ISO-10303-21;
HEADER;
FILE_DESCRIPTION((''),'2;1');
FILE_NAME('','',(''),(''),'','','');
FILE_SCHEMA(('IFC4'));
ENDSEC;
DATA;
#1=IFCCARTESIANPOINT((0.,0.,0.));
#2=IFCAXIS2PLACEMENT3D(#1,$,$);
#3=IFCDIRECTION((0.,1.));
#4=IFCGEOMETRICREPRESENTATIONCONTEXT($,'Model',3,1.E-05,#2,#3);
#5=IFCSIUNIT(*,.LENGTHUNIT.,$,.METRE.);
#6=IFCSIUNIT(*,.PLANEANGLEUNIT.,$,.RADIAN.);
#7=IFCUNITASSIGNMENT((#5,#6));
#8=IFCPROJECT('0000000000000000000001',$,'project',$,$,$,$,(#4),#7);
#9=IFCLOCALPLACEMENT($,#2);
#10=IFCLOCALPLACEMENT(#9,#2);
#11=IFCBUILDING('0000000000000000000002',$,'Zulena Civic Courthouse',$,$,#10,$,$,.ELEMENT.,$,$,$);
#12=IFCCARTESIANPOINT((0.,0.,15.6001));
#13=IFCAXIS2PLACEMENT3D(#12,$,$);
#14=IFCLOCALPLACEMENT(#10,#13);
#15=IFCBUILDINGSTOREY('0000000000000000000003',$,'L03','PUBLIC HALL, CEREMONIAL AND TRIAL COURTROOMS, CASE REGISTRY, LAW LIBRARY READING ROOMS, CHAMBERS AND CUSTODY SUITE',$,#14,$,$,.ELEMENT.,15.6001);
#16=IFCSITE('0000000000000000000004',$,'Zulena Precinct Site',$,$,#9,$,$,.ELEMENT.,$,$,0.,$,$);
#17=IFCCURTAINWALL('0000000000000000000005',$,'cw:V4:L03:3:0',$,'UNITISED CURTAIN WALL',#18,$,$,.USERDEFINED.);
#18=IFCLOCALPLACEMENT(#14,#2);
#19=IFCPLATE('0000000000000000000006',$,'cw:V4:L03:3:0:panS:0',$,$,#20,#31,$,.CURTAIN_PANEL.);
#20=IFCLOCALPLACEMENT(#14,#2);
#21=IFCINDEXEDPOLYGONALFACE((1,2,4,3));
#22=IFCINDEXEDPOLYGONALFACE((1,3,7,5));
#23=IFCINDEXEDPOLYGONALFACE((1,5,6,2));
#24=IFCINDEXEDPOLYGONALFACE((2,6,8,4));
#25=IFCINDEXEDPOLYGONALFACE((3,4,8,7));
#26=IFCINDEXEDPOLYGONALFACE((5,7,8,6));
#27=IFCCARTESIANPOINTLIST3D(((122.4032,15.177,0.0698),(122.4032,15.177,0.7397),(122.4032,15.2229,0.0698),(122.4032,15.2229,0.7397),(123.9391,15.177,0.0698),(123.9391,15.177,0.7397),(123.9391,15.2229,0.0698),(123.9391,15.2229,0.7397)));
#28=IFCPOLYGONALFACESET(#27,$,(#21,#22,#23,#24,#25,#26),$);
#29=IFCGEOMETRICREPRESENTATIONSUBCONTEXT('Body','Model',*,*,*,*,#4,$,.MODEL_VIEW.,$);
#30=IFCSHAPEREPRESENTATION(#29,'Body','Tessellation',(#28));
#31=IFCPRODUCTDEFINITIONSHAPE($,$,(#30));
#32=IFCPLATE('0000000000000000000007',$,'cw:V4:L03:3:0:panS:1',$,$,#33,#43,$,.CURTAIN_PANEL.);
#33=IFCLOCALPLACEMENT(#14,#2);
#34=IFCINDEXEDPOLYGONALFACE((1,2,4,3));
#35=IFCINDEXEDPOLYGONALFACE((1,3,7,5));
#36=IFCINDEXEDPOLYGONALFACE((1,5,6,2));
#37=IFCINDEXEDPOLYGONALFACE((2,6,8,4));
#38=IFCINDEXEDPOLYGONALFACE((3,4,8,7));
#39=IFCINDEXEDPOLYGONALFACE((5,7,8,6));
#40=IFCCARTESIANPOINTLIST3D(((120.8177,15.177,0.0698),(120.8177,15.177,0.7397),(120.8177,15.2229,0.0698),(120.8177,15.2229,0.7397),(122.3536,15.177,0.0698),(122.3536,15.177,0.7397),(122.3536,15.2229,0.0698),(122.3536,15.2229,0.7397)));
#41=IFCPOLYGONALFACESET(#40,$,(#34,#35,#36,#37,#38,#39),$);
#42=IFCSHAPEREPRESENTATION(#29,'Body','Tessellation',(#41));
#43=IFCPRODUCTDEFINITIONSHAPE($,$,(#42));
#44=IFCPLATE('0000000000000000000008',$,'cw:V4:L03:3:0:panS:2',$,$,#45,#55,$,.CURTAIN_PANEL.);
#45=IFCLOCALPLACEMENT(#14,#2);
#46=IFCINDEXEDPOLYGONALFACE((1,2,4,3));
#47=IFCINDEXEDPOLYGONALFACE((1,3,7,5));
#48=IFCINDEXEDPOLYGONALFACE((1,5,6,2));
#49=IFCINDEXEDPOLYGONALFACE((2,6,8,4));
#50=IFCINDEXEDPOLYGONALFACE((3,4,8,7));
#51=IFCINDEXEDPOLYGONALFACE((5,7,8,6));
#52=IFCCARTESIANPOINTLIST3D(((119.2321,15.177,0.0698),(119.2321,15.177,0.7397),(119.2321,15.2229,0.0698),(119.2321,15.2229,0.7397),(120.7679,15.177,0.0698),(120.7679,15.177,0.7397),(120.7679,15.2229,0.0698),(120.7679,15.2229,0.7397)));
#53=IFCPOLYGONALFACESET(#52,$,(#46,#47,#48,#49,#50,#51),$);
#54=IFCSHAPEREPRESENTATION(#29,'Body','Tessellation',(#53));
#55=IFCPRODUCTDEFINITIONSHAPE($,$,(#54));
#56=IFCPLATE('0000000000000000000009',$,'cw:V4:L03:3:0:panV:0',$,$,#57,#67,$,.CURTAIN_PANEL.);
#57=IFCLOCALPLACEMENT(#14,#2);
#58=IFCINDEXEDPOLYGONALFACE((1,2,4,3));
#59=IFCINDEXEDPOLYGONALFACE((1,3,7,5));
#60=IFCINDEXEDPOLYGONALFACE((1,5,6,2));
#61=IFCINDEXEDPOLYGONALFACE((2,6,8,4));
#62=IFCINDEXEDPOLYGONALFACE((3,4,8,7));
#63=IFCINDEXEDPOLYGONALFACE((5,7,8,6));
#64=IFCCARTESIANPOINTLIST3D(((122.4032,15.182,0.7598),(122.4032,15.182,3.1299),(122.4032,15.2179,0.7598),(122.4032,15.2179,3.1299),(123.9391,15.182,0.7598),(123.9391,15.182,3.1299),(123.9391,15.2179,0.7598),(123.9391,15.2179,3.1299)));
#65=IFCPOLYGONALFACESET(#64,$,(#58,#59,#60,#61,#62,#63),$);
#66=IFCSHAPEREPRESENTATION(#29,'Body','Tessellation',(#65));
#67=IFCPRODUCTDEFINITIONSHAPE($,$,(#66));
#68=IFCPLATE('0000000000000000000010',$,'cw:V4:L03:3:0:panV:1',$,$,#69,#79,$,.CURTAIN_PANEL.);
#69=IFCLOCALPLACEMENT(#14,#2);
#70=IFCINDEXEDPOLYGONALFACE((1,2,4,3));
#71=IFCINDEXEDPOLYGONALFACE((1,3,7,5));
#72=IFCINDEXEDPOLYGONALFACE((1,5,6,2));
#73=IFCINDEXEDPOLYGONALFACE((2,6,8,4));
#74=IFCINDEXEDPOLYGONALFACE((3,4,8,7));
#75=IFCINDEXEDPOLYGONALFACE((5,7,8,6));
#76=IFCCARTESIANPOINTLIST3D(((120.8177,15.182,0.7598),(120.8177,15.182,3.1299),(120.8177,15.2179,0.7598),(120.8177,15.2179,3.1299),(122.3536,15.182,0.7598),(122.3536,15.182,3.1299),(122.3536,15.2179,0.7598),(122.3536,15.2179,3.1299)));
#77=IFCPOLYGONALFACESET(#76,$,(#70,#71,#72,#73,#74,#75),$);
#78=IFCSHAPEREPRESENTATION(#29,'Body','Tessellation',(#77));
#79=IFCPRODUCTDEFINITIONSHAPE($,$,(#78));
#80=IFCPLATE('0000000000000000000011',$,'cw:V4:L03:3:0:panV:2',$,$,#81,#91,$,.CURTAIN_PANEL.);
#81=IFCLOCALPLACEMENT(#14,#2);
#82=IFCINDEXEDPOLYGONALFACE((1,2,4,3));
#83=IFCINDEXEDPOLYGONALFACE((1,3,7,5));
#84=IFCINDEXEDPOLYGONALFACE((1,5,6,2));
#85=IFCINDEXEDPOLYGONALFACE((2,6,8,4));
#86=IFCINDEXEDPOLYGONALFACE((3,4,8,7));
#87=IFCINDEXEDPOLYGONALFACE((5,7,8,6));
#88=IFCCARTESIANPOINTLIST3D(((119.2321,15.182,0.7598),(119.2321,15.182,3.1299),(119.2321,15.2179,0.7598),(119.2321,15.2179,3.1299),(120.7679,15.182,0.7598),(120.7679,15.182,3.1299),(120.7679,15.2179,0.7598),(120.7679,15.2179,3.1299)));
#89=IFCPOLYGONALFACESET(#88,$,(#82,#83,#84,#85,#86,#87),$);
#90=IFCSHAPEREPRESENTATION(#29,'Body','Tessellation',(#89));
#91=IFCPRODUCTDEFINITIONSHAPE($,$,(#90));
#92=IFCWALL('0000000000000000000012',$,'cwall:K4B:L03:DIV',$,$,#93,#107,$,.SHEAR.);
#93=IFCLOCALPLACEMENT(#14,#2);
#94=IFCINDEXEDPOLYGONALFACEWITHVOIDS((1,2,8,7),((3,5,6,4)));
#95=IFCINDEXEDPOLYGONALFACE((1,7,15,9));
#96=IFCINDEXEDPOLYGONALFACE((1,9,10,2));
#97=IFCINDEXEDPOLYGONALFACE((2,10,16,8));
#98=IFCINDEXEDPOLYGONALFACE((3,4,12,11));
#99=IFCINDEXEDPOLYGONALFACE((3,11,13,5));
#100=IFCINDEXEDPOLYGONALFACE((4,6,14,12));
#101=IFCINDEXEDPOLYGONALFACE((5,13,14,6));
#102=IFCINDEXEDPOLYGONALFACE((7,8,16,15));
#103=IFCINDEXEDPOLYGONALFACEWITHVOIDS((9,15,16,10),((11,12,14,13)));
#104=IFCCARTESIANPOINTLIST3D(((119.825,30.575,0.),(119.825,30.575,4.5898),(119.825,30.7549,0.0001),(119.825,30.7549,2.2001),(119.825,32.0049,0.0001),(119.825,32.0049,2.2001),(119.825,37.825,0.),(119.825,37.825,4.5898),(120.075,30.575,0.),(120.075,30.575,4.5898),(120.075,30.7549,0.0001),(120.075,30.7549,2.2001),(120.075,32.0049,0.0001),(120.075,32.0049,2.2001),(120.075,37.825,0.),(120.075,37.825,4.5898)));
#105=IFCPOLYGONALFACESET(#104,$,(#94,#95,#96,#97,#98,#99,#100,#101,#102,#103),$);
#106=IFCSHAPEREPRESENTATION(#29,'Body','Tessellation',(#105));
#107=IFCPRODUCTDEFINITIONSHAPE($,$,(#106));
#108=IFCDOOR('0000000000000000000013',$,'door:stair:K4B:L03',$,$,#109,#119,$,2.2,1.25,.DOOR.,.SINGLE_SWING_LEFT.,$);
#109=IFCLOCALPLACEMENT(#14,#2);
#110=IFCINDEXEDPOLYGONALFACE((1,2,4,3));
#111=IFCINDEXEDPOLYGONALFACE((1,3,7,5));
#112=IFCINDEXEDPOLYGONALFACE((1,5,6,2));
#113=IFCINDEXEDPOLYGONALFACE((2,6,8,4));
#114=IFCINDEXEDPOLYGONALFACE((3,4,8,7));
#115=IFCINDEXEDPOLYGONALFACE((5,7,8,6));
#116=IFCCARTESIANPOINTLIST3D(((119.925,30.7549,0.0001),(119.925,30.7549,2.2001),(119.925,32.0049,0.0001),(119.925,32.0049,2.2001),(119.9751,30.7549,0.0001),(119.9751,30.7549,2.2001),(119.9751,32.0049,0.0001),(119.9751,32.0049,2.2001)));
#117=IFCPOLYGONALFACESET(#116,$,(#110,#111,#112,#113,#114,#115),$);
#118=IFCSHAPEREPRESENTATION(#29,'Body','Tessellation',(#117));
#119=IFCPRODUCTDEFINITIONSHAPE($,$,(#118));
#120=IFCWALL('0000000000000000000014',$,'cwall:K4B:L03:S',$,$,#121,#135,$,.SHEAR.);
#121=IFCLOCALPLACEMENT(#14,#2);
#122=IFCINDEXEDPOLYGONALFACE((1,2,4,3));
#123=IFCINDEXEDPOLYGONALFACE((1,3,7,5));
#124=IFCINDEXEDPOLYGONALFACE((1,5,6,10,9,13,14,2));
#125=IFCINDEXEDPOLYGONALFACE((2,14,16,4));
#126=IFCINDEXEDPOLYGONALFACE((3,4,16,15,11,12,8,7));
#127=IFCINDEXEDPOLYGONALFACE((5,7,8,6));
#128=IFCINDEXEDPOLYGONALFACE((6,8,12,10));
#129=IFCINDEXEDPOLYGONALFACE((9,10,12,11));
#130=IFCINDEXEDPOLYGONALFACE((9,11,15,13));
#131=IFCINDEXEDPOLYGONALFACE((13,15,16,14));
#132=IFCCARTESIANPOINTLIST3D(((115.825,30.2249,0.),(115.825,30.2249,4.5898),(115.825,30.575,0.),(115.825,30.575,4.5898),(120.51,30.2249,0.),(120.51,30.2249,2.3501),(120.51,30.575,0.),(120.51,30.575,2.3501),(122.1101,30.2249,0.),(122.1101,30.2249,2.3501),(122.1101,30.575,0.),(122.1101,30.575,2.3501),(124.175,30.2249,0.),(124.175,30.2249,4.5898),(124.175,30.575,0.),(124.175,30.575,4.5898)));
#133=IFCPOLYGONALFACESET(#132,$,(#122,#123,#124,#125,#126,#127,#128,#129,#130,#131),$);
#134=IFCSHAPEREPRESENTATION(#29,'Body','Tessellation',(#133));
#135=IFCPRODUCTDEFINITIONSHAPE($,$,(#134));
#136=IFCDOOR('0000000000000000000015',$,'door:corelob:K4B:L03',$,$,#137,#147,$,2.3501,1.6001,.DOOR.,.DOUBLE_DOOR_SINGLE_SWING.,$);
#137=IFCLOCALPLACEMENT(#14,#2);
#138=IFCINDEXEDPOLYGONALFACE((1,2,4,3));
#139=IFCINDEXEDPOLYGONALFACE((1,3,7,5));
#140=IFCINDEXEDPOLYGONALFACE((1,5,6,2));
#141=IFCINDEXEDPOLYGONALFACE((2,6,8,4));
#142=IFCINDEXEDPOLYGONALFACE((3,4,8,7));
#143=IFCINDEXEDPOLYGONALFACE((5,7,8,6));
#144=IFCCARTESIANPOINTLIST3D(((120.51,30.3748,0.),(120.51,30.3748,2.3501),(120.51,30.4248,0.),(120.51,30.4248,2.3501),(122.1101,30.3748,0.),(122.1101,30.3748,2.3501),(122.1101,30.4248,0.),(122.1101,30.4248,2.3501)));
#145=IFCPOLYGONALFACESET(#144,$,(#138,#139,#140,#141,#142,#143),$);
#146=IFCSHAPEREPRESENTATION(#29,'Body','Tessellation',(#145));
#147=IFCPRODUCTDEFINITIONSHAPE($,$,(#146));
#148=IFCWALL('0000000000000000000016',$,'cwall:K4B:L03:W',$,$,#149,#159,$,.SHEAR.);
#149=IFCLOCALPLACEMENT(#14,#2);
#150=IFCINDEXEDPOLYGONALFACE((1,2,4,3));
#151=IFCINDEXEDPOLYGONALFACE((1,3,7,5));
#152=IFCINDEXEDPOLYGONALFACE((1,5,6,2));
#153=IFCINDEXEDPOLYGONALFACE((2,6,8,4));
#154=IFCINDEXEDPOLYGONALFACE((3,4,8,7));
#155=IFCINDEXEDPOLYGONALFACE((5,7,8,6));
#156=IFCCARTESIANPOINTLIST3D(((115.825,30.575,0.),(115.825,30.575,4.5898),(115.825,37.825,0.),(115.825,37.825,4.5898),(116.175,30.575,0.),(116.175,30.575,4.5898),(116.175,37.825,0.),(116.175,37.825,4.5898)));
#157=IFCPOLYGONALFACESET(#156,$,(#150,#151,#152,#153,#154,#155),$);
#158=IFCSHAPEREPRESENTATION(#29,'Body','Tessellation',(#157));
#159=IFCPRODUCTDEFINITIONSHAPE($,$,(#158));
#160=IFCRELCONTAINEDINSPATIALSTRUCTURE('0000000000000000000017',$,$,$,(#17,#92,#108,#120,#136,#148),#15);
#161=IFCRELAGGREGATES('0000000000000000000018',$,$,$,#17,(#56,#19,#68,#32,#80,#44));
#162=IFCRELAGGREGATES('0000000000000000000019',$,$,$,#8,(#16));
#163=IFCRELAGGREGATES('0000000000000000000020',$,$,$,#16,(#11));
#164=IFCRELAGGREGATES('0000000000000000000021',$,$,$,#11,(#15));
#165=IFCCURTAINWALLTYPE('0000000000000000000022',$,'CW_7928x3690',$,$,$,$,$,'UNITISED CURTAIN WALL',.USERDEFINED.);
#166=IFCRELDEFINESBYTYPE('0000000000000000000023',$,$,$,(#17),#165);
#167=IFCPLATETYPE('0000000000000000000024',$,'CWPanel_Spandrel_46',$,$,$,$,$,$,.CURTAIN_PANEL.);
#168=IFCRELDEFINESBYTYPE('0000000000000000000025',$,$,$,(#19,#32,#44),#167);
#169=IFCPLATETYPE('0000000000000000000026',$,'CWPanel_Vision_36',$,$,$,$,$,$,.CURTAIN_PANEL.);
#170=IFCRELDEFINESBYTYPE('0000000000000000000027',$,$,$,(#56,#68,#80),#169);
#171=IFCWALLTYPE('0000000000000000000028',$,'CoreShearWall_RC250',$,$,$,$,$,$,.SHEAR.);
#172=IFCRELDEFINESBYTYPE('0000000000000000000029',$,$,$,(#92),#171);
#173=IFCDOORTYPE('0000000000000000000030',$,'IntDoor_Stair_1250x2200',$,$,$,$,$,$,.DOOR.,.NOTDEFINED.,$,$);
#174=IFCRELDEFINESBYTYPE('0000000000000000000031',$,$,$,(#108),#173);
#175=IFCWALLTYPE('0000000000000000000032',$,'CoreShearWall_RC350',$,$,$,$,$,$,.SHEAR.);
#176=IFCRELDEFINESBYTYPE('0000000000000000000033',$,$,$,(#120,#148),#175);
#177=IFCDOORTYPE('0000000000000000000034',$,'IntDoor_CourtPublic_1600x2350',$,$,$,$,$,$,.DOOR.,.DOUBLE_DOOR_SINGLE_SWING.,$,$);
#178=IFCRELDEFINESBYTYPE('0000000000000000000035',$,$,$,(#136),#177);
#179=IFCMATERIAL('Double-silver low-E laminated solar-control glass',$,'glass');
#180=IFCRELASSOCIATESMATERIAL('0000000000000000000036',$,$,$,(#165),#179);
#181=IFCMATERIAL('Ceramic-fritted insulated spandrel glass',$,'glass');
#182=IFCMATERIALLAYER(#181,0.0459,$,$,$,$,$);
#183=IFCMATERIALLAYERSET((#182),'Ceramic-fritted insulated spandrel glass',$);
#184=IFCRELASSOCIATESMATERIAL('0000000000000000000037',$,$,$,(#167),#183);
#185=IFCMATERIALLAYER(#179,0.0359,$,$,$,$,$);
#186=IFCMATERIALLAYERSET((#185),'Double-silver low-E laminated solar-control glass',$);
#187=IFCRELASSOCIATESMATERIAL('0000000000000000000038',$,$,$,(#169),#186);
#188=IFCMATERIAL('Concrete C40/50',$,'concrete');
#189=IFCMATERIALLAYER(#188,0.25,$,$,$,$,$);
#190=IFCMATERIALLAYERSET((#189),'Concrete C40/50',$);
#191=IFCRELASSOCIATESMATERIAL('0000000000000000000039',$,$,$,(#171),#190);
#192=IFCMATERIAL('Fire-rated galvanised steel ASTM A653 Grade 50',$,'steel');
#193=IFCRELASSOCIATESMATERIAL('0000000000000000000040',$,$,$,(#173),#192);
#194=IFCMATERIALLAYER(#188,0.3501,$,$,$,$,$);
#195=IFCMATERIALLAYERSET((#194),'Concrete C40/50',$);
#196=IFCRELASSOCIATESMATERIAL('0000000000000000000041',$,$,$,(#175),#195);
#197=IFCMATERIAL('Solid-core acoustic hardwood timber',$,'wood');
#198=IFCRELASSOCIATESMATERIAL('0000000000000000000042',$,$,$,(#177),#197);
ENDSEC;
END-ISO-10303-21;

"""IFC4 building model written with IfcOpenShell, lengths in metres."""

from ifc_helpers import new_model, si_unit, direction, frame, frame_2d, origin, origin_2d, place, context, subcontext, project, spatial, rectangle, extrude, material, layer, layer_set, type_object, element, fill, aggregate, save


model = new_model("IFC4")

# Units and contexts
model_context = context("Model", 3, precision=1e-05, world=origin(), true_north=direction((0.0, 1.0)))
body_context = subcontext(model_context, "Body", "Model", "MODEL_VIEW")
ifc_project = project(units=[si_unit("LENGTHUNIT", "METRE"), si_unit("PLANEANGLEUNIT", "RADIAN")], contexts=[model_context])

# Site, building, storey
site_placement = place(None, origin())
site = spatial("IfcSite", under=ifc_project, at=site_placement, Name="Zulena Precinct Site", CompositionType="ELEMENT", RefElevation=0.0)
building_placement = place(site_placement, origin())
building = spatial("IfcBuilding", under=site, at=building_placement, Name="Zulena Civic Courthouse", CompositionType="ELEMENT")
storey_placement = place(building_placement, frame((0.0, 0.0, 15.6001)))
storey = spatial("IfcBuildingStorey", under=building, at=storey_placement, Name="L03", Description="PUBLIC HALL, CEREMONIAL AND TRIAL COURTROOMS, CASE REGISTRY, LAW LIBRARY READING ROOMS, CHAMBERS AND CUSTODY SUITE", CompositionType="ELEMENT", Elevation=15.6001)

# Curtain wall
ifc_material_1 = material(Name="Double-silver low-E laminated solar-control glass", Category="glass")
curtain_wall_type = type_object("IfcCurtainWallType", Name="CW_7928x3690", ElementType="UNITISED CURTAIN WALL", PredefinedType="USERDEFINED", material=ifc_material_1)
curtain_wall_placement = place(storey_placement, origin())
curtain_wall = element("IfcCurtainWall", 1, at=curtain_wall_placement, inside=storey, type_object=curtain_wall_type, Name="cw:V4:L03:3:0", ObjectType="UNITISED CURTAIN WALL", PredefinedType="USERDEFINED")

# Plates
ifc_material_2 = material(Name="Ceramic-fritted insulated spandrel glass", Category="glass")
ifc_layer_1 = layer(ifc_material_2, 0.0459)
ifc_layer_set_1 = layer_set([ifc_layer_1], Name="Ceramic-fritted insulated spandrel glass")
plate_type_1 = type_object("IfcPlateType", Name="CWPanel_Spandrel_46", PredefinedType="CURTAIN_PANEL", material=ifc_layer_set_1)
plate_1_placement = place(storey_placement, frame((123.1711, 15.2, 0.0698), z_axis=(0.0, 0.0, 1.0), x_axis=(-1.0, 0.0, 0.0)))
plate_1 = element("IfcPlate", 2, at=plate_1_placement, type_object=plate_type_1, Name="cw:V4:L03:3:0:panS:0", PredefinedType="CURTAIN_PANEL", context=body_context, shape_type="SweptSolid", body=[
    extrude(rectangle(XDim=1.5359, YDim=0.0459, at=origin_2d()), origin(), (0.0, 0.0, 1.0), 0.6699),
])
plate_2_placement = place(storey_placement, frame((121.5857, 15.2, 0.0698), z_axis=(0.0, 0.0, 1.0), x_axis=(-1.0, 0.0, 0.0)))
plate_2 = element("IfcPlate", 3, at=plate_2_placement, type_object=plate_type_1, Name="cw:V4:L03:3:0:panS:1", PredefinedType="CURTAIN_PANEL", context=body_context, shape_type="SweptSolid", body=[
    extrude(rectangle(XDim=1.5359, YDim=0.0459, at=origin_2d()), origin(), (0.0, 0.0, 1.0), 0.6699),
])
plate_3_placement = place(storey_placement, frame((120.0, 15.2, 0.0698), z_axis=(0.0, 0.0, 1.0), x_axis=(-1.0, 0.0, 0.0)))
plate_3 = element("IfcPlate", 4, at=plate_3_placement, type_object=plate_type_1, Name="cw:V4:L03:3:0:panS:2", PredefinedType="CURTAIN_PANEL", context=body_context, shape_type="SweptSolid", body=[
    extrude(rectangle(XDim=1.5359, YDim=0.0459, at=origin_2d()), origin(), (0.0, 0.0, 1.0), 0.6699),
])
ifc_layer_2 = layer(ifc_material_1, 0.0359)
ifc_layer_set_2 = layer_set([ifc_layer_2], Name="Double-silver low-E laminated solar-control glass")
plate_type_2 = type_object("IfcPlateType", Name="CWPanel_Vision_36", PredefinedType="CURTAIN_PANEL", material=ifc_layer_set_2)
plate_4_placement = place(storey_placement, frame((123.1711, 15.2, 0.7598), z_axis=(0.0, 0.0, 1.0), x_axis=(-1.0, 0.0, 0.0)))
plate_4 = element("IfcPlate", 5, at=plate_4_placement, type_object=plate_type_2, Name="cw:V4:L03:3:0:panV:0", PredefinedType="CURTAIN_PANEL", context=body_context, shape_type="SweptSolid", body=[
    extrude(rectangle(XDim=1.5359, YDim=0.0359, at=origin_2d()), origin(), (0.0, 0.0, 1.0), 2.3701),
])
plate_5_placement = place(storey_placement, frame((121.5857, 15.2, 0.7598), z_axis=(0.0, 0.0, 1.0), x_axis=(-1.0, 0.0, 0.0)))
plate_5 = element("IfcPlate", 6, at=plate_5_placement, type_object=plate_type_2, Name="cw:V4:L03:3:0:panV:1", PredefinedType="CURTAIN_PANEL", context=body_context, shape_type="SweptSolid", body=[
    extrude(rectangle(XDim=1.5359, YDim=0.0359, at=origin_2d()), origin(), (0.0, 0.0, 1.0), 2.3701),
])
plate_6_placement = place(storey_placement, frame((120.0, 15.2, 0.7598), z_axis=(0.0, 0.0, 1.0), x_axis=(-1.0, 0.0, 0.0)))
plate_6 = element("IfcPlate", 7, at=plate_6_placement, type_object=plate_type_2, Name="cw:V4:L03:3:0:panV:2", PredefinedType="CURTAIN_PANEL", context=body_context, shape_type="SweptSolid", body=[
    extrude(rectangle(XDim=1.5359, YDim=0.0359, at=origin_2d()), origin(), (0.0, 0.0, 1.0), 2.3701),
])
aggregate(curtain_wall, [plate_4, plate_1, plate_5, plate_2, plate_6, plate_3])

# Walls, openings, doors
ifc_material_3 = material(Name="Concrete C40/50", Category="concrete")
ifc_layer_3 = layer(ifc_material_3, 0.25)
ifc_layer_set_3 = layer_set([ifc_layer_3], Name="Concrete C40/50")
wall_type_1 = type_object("IfcWallType", Name="CoreShearWall_RC250", PredefinedType="SHEAR", material=ifc_layer_set_3)
wall_1_placement = place(storey_placement, frame((119.95, 30.575, 0.0), z_axis=(0.0, 0.0, 1.0), x_axis=(0.0, 1.0, 0.0)))
wall_1 = element("IfcWall", 8, at=wall_1_placement, inside=storey, type_object=wall_type_1, Name="cwall:K4B:L03:DIV", PredefinedType="SHEAR", context=body_context, shape_type="SweptSolid", body=[
    extrude(rectangle(XDim=7.25, YDim=0.25, at=frame_2d((3.625, 0.0))), origin(), (0.0, 0.0, 1.0), 4.5898),
])
opening_1_placement = place(wall_1_placement, frame((0.1799, 0.0, 0.0)))
opening_1 = element("IfcOpeningElement", 9, at=opening_1_placement, cuts=wall_1, PredefinedType="OPENING", context=body_context, shape_type="SweptSolid", body=[
    extrude(rectangle(XDim=1.25, YDim=2.2, at=frame_2d((0.625, 1.1001))), frame((0.0, 0.135, 0.0), z_axis=(0.0, -1.0, 0.0), x_axis=(1.0, 0.0, 0.0)), (0.0, 0.0, 1.0), 0.27),
])
ifc_material_4 = material(Name="Fire-rated galvanised steel ASTM A653 Grade 50", Category="steel")
door_type_1 = type_object("IfcDoorType", Name="IntDoor_Stair_1250x2200", OperationType="NOTDEFINED", PredefinedType="DOOR", material=ifc_material_4)
door_1_placement = place(opening_1_placement, origin())
door_1 = element("IfcDoor", 10, at=door_1_placement, inside=storey, type_object=door_type_1, Name="door:stair:K4B:L03", OperationType="SINGLE_SWING_LEFT", OverallHeight=2.2, OverallWidth=1.25, PredefinedType="DOOR", context=body_context, shape_type="SweptSolid", body=[
    extrude(rectangle(XDim=1.25, YDim=2.2, at=frame_2d((0.625, 1.1001))), frame((0.0, 0.0249, 0.0), z_axis=(0.0, -1.0, 0.0), x_axis=(1.0, 0.0, 0.0)), (0.0, 0.0, 1.0), 0.05),
])
fill(opening_1, door_1)
ifc_layer_4 = layer(ifc_material_3, 0.3501)
ifc_layer_set_4 = layer_set([ifc_layer_4], Name="Concrete C40/50")
wall_type_2 = type_object("IfcWallType", Name="CoreShearWall_RC350", PredefinedType="SHEAR", material=ifc_layer_set_4)
wall_2_placement = place(storey_placement, frame((115.825, 30.3999, 0.0), z_axis=(0.0, 0.0, 1.0), x_axis=(1.0, 0.0, 0.0)))
wall_2 = element("IfcWall", 11, at=wall_2_placement, inside=storey, type_object=wall_type_2, Name="cwall:K4B:L03:S", PredefinedType="SHEAR", context=body_context, shape_type="SweptSolid", body=[
    extrude(rectangle(XDim=8.3501, YDim=0.3501, at=frame_2d((4.175, 0.0))), origin(), (0.0, 0.0, 1.0), 4.5898),
])
opening_2_placement = place(wall_2_placement, frame((4.6851, 0.0, 0.0)))
opening_2 = element("IfcOpeningElement", 12, at=opening_2_placement, cuts=wall_2, PredefinedType="OPENING", context=body_context, shape_type="SweptSolid", body=[
    extrude(rectangle(XDim=1.6001, YDim=2.3501, at=frame_2d((0.8, 1.175))), frame((0.0, 0.1851, 0.0), z_axis=(0.0, -1.0, 0.0), x_axis=(1.0, 0.0, 0.0)), (0.0, 0.0, 1.0), 0.3701),
])
ifc_material_5 = material(Name="Solid-core acoustic hardwood timber", Category="wood")
door_type_2 = type_object("IfcDoorType", Name="IntDoor_CourtPublic_1600x2350", OperationType="DOUBLE_DOOR_SINGLE_SWING", PredefinedType="DOOR", material=ifc_material_5)
door_2_placement = place(opening_2_placement, origin())
door_2 = element("IfcDoor", 13, at=door_2_placement, inside=storey, type_object=door_type_2, Name="door:corelob:K4B:L03", OperationType="DOUBLE_DOOR_SINGLE_SWING", OverallHeight=2.3501, OverallWidth=1.6001, PredefinedType="DOOR", context=body_context, shape_type="SweptSolid", body=[
    extrude(rectangle(XDim=1.6001, YDim=2.3501, at=frame_2d((0.8, 1.175))), frame((0.0, 0.0249, 0.0), z_axis=(0.0, -1.0, 0.0), x_axis=(1.0, 0.0, 0.0)), (0.0, 0.0, 1.0), 0.05),
])
fill(opening_2, door_2)

# Wall
wall_3_placement = place(storey_placement, frame((116.0, 30.575, 0.0), z_axis=(0.0, 0.0, 1.0), x_axis=(0.0, 1.0, 0.0)))
element("IfcWall", 14, at=wall_3_placement, inside=storey, type_object=wall_type_2, Name="cwall:K4B:L03:W", PredefinedType="SHEAR", context=body_context, shape_type="SweptSolid", body=[
    extrude(rectangle(XDim=7.25, YDim=0.3501, at=frame_2d((3.625, 0.0))), origin(), (0.0, 0.0, 1.0), 4.5898),
])

save(model, "model.ifc")
